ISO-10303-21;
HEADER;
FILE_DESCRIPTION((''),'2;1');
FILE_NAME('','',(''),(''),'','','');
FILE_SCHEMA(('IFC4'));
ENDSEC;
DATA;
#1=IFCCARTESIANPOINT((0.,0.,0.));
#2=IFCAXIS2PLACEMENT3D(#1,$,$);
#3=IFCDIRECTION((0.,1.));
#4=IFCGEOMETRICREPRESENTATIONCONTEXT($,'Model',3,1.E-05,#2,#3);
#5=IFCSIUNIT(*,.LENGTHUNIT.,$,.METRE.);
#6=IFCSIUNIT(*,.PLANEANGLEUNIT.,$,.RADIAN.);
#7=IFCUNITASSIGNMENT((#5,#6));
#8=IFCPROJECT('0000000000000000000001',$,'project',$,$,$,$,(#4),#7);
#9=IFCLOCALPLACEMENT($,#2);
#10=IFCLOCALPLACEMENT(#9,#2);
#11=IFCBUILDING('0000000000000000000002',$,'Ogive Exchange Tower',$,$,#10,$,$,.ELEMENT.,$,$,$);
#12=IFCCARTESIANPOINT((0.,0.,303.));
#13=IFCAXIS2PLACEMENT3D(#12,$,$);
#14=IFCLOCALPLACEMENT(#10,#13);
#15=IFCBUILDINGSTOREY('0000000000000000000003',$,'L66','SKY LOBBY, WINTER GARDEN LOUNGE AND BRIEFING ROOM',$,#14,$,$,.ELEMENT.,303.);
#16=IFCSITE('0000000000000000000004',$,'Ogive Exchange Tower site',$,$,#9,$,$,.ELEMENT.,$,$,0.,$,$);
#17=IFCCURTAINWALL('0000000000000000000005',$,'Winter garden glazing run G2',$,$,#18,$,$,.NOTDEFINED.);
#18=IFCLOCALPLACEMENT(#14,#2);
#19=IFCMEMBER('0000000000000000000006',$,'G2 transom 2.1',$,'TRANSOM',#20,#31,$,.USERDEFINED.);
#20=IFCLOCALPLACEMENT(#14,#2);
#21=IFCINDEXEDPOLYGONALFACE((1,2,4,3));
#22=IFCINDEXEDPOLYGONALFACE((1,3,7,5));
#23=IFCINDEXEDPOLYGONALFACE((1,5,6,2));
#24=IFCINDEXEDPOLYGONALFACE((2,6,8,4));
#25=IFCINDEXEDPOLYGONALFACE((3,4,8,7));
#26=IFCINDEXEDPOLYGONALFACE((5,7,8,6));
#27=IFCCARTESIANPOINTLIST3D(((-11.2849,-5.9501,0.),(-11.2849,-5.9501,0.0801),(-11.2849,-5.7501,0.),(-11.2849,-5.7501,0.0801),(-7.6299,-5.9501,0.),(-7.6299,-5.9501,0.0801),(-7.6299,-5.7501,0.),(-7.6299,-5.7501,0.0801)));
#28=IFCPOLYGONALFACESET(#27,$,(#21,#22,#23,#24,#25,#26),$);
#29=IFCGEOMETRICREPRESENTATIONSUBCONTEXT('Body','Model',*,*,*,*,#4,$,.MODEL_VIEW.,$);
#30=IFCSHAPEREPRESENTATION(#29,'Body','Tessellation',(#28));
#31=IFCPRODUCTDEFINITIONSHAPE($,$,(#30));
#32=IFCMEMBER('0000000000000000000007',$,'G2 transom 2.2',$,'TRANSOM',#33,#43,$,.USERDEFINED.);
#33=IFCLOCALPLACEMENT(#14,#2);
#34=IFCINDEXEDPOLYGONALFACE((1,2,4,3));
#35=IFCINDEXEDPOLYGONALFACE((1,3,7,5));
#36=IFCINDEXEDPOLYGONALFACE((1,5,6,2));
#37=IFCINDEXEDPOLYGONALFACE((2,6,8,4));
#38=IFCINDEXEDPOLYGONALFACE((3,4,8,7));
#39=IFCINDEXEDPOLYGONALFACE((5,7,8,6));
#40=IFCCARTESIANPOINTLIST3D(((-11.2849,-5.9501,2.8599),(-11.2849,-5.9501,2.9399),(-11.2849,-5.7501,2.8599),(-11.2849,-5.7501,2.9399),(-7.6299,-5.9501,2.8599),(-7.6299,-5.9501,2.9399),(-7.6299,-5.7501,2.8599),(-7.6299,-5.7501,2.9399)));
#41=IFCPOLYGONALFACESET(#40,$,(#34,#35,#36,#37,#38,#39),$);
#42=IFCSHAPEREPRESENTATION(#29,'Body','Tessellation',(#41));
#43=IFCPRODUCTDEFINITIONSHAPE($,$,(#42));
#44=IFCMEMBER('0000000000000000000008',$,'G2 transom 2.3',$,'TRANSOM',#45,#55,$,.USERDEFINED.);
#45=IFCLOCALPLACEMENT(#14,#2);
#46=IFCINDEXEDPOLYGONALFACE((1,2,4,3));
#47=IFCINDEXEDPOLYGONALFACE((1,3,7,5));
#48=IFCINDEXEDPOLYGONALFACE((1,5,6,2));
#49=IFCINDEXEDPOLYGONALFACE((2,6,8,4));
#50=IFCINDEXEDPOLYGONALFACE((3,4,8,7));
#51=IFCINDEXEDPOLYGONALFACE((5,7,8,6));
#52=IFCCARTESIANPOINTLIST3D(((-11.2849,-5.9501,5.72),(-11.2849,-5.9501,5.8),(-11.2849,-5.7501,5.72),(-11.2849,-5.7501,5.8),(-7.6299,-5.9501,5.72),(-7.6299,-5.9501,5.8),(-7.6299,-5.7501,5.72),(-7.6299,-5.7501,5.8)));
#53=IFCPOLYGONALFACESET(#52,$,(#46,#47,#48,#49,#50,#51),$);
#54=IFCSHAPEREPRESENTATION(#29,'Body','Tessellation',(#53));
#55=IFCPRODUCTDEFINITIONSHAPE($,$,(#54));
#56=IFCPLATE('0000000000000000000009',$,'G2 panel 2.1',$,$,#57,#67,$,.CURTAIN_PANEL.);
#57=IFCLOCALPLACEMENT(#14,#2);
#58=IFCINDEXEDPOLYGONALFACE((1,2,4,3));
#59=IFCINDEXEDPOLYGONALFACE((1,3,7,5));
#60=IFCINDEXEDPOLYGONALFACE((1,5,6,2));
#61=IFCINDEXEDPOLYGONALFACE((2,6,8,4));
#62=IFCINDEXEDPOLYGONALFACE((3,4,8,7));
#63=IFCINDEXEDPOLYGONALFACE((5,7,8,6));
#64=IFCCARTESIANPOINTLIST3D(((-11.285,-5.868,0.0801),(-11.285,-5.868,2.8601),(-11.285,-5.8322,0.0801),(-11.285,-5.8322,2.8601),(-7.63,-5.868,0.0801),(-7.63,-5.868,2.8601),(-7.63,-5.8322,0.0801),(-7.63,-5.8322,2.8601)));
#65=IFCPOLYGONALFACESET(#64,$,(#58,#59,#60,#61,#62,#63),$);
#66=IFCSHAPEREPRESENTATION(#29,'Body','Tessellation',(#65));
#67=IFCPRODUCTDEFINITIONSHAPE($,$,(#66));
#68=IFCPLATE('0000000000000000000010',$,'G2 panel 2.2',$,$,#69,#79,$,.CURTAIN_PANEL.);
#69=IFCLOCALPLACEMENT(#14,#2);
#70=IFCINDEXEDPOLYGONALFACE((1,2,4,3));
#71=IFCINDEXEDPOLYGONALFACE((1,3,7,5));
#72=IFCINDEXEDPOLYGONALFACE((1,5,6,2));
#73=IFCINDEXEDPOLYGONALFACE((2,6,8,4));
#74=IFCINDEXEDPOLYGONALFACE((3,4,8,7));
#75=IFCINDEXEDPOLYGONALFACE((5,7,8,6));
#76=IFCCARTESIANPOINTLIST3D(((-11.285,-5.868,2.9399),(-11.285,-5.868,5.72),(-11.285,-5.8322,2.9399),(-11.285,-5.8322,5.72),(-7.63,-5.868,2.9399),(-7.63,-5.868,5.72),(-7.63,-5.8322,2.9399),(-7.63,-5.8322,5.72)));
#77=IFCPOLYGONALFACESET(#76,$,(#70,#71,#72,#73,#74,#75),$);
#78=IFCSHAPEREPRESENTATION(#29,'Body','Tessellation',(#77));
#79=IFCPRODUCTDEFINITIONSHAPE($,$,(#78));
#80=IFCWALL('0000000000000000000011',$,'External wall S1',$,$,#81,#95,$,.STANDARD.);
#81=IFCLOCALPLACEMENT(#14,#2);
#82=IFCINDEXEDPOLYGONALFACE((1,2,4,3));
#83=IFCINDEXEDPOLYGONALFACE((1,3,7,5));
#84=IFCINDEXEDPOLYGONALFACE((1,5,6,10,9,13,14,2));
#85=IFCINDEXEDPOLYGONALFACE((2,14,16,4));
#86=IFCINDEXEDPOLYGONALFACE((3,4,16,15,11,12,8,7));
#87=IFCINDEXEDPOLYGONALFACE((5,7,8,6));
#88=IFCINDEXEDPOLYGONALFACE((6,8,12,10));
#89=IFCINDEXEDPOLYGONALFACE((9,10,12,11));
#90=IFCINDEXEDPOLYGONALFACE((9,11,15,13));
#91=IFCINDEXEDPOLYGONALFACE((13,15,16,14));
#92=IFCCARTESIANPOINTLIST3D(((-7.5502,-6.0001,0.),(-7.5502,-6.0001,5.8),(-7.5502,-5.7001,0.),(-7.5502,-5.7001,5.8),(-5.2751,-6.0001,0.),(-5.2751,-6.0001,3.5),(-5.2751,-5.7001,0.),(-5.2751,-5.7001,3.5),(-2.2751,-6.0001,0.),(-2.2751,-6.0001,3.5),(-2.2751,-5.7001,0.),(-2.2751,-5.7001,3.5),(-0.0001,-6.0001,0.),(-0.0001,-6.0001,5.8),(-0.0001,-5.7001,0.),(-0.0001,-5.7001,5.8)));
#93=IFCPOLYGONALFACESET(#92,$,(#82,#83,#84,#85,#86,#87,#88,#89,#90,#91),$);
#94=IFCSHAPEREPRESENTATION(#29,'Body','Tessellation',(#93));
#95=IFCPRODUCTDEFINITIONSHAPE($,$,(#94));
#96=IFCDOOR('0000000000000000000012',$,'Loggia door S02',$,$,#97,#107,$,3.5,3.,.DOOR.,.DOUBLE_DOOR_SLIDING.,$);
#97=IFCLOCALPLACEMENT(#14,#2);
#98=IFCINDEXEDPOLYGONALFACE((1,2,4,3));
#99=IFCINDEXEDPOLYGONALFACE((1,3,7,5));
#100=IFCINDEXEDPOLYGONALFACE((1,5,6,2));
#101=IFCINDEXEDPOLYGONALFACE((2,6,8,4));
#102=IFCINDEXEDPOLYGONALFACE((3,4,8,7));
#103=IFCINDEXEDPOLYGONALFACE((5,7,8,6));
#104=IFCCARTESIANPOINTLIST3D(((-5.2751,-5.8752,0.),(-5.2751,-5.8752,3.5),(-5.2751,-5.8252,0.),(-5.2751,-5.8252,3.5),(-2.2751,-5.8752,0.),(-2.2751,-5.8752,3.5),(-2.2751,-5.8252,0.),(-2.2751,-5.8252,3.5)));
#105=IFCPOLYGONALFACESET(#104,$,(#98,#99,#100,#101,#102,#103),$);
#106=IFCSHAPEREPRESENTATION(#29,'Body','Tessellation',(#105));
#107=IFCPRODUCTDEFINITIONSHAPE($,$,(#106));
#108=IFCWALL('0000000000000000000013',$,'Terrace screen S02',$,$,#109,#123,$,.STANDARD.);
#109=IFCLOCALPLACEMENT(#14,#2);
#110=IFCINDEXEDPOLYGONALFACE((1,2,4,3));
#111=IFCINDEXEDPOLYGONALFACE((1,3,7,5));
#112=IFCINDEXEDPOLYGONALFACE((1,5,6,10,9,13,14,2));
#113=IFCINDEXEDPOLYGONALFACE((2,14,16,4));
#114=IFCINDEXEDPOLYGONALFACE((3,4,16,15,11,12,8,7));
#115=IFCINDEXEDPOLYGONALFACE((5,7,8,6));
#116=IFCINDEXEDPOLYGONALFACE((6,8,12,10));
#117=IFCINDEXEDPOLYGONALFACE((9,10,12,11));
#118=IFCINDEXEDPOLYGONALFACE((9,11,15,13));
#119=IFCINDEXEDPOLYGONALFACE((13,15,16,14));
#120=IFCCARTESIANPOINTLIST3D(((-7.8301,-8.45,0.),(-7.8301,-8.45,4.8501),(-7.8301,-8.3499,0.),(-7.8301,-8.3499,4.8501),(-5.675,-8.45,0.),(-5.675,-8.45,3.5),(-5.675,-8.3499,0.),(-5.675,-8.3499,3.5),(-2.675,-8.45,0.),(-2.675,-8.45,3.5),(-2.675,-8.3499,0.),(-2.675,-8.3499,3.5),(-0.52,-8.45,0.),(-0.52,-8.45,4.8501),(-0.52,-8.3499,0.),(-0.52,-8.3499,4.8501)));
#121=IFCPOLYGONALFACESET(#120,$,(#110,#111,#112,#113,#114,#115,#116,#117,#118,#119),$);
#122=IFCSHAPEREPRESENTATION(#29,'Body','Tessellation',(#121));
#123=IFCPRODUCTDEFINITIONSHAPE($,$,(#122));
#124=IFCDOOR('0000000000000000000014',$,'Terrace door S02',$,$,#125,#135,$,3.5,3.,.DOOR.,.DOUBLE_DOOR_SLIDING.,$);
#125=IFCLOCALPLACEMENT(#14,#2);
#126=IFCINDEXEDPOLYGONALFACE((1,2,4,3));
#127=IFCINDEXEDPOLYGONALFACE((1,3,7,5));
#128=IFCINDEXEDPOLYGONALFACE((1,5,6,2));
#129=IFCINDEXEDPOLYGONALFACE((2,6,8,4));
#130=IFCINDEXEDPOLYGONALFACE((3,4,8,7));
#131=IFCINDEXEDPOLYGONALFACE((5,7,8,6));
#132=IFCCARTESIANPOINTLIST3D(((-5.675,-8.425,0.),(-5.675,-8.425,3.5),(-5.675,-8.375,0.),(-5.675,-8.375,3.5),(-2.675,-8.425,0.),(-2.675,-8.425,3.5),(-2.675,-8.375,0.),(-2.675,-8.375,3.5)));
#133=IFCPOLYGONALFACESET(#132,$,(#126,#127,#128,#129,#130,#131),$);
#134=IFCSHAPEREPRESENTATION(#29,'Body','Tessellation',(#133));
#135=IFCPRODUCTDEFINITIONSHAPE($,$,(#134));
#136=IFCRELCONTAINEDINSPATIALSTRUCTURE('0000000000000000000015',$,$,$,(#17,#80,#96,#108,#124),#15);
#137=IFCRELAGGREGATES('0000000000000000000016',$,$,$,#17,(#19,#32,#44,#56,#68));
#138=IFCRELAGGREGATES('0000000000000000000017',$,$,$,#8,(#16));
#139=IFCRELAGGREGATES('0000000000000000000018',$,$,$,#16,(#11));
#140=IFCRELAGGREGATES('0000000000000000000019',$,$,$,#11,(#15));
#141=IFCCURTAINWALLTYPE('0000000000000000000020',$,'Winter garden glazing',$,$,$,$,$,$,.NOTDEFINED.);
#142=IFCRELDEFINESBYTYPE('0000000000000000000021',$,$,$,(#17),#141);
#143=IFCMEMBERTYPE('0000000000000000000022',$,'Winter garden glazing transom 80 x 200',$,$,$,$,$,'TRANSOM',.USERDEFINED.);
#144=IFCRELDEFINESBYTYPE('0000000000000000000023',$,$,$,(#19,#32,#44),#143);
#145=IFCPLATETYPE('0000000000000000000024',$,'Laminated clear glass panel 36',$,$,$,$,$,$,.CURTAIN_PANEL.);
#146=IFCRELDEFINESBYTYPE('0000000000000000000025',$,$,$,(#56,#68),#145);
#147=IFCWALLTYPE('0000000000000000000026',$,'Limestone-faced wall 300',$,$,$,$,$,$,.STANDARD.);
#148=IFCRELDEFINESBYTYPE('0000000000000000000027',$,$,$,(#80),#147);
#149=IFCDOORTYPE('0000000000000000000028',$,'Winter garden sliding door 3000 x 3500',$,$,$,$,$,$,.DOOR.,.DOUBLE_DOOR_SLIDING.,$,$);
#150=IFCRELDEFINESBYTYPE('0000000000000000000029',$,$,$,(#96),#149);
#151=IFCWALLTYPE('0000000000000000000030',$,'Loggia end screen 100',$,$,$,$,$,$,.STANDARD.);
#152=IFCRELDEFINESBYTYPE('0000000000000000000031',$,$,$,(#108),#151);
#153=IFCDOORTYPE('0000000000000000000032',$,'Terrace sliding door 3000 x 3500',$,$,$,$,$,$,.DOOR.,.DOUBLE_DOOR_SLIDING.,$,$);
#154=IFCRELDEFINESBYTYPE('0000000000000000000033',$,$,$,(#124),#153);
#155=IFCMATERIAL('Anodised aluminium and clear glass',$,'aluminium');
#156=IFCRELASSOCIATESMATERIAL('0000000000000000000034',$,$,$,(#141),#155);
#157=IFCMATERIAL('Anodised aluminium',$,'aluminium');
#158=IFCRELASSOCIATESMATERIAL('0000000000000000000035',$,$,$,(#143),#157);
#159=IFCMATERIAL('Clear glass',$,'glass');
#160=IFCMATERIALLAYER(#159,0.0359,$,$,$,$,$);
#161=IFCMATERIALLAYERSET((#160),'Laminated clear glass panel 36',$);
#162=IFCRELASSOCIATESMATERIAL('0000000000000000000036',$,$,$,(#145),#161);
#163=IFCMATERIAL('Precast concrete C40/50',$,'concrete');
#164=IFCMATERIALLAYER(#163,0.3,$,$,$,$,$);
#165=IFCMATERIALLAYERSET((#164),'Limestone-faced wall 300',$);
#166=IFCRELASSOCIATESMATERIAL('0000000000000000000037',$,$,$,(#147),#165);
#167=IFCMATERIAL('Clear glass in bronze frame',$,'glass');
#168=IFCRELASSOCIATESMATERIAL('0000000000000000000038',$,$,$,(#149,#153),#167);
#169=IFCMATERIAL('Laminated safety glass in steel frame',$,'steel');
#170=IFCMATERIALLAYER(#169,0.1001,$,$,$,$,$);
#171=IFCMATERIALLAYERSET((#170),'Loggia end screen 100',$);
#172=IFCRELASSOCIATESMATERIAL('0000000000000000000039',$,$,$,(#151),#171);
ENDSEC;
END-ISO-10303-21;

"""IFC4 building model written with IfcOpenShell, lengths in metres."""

from ifc_helpers import new_model, si_unit, direction, frame, frame_2d, origin, origin_2d, place, context, subcontext, project, spatial, rectangle, extrude, material, layer, layer_set, material_profile, profile_set, type_object, element, fill, aggregate, save


model = new_model("IFC4")

# Units and contexts
model_context = context("Model", 3, precision=1e-05, world=origin(), true_north=direction((0.0, 1.0)))
body_context = subcontext(model_context, "Body", "Model", "MODEL_VIEW")
ifc_project = project(units=[si_unit("LENGTHUNIT", "METRE"), si_unit("PLANEANGLEUNIT", "RADIAN")], contexts=[model_context])

# Site, building, storey
site_placement = place(None, origin())
site = spatial("IfcSite", under=ifc_project, at=site_placement, Name="Ogive Exchange Tower site", CompositionType="ELEMENT", RefElevation=0.0)
building_placement = place(site_placement, origin())
building = spatial("IfcBuilding", under=site, at=building_placement, Name="Ogive Exchange Tower", CompositionType="ELEMENT")
storey_placement = place(building_placement, frame((0.0, 0.0, 303.0)))
storey = spatial("IfcBuildingStorey", under=building, at=storey_placement, Name="L66", Description="SKY LOBBY, WINTER GARDEN LOUNGE AND BRIEFING ROOM", CompositionType="ELEMENT", Elevation=303.0)

# Curtain wall, members, plates
ifc_material_1 = material(Name="Anodised aluminium and clear glass", Category="aluminium")
curtain_wall_type = type_object("IfcCurtainWallType", Name="Winter garden glazing", PredefinedType="NOTDEFINED", material=ifc_material_1)
curtain_wall_placement = place(storey_placement, origin())
curtain_wall = element("IfcCurtainWall", 1, at=curtain_wall_placement, inside=storey, type_object=curtain_wall_type, Name="Winter garden glazing run G2", PredefinedType="NOTDEFINED")
ifc_material_2 = material(Name="Anodised aluminium", Category="aluminium")
ifc_material_profile_1 = material_profile(ifc_material_2, rectangle(XDim=0.2, YDim=0.0801, at=origin_2d()), Name="AL 80x200")
ifc_profile_set_1 = profile_set([ifc_material_profile_1], Name="Anodised aluminium")
member_type_1 = type_object("IfcMemberType", Name="Winter garden glazing transom 80 x 200", ElementType="TRANSOM", PredefinedType="USERDEFINED", material=ifc_profile_set_1)
member_1_placement = place(storey_placement, frame((-11.2849, -5.8501, 0.04), z_axis=(1.0, 0.0, 0.0), x_axis=(0.0, 1.0, 0.0)))
member_1 = element("IfcMember", 2, at=member_1_placement, type_object=member_type_1, Name="G2 transom 2.1", ObjectType="TRANSOM", PredefinedType="USERDEFINED", context=body_context, shape_type="SweptSolid", body=[
    extrude(rectangle(XDim=0.2, YDim=0.0801, at=origin_2d()), origin(), (0.0, 0.0, 1.0), 3.655),
])
member_2_placement = place(storey_placement, frame((-11.2849, -5.8501, 2.8999), z_axis=(1.0, 0.0, 0.0), x_axis=(0.0, 1.0, 0.0)))
member_2 = element("IfcMember", 3, at=member_2_placement, type_object=member_type_1, Name="G2 transom 2.2", ObjectType="TRANSOM", PredefinedType="USERDEFINED", context=body_context, shape_type="SweptSolid", body=[
    extrude(rectangle(XDim=0.2, YDim=0.0801, at=origin_2d()), origin(), (0.0, 0.0, 1.0), 3.655),
])
member_3_placement = place(storey_placement, frame((-11.2849, -5.8501, 5.76), z_axis=(1.0, 0.0, 0.0), x_axis=(0.0, 1.0, 0.0)))
member_3 = element("IfcMember", 4, at=member_3_placement, type_object=member_type_1, Name="G2 transom 2.3", ObjectType="TRANSOM", PredefinedType="USERDEFINED", context=body_context, shape_type="SweptSolid", body=[
    extrude(rectangle(XDim=0.2, YDim=0.0801, at=origin_2d()), origin(), (0.0, 0.0, 1.0), 3.655),
])
ifc_material_3 = material(Name="Clear glass", Category="glass")
ifc_layer_1 = layer(ifc_material_3, 0.0359)
ifc_layer_set_1 = layer_set([ifc_layer_1], Name="Laminated clear glass panel 36")
plate_type = type_object("IfcPlateType", Name="Laminated clear glass panel 36", PredefinedType="CURTAIN_PANEL", material=ifc_layer_set_1)
plate_1_placement = place(storey_placement, frame((-9.4575, -5.8501, 0.0801), z_axis=(0.0, 0.0, 1.0), x_axis=(1.0, 0.0, 0.0)))
plate_1 = element("IfcPlate", 5, at=plate_1_placement, type_object=plate_type, Name="G2 panel 2.1", PredefinedType="CURTAIN_PANEL", context=body_context, shape_type="SweptSolid", body=[
    extrude(rectangle(XDim=3.655, YDim=0.0359, at=origin_2d()), origin(), (0.0, 0.0, 1.0), 2.78),
])
plate_2_placement = place(storey_placement, frame((-9.4575, -5.8501, 2.9399), z_axis=(0.0, 0.0, 1.0), x_axis=(1.0, 0.0, 0.0)))
plate_2 = element("IfcPlate", 6, at=plate_2_placement, type_object=plate_type, Name="G2 panel 2.2", PredefinedType="CURTAIN_PANEL", context=body_context, shape_type="SweptSolid", body=[
    extrude(rectangle(XDim=3.655, YDim=0.0359, at=origin_2d()), origin(), (0.0, 0.0, 1.0), 2.78),
])
aggregate(curtain_wall, [member_1, member_2, member_3, plate_1, plate_2])

# Walls, openings, doors
ifc_material_4 = material(Name="Precast concrete C40/50", Category="concrete")
ifc_layer_2 = layer(ifc_material_4, 0.3)
ifc_layer_set_2 = layer_set([ifc_layer_2], Name="Limestone-faced wall 300")
wall_type_1 = type_object("IfcWallType", Name="Limestone-faced wall 300", PredefinedType="STANDARD", material=ifc_layer_set_2)
wall_1_placement = place(storey_placement, frame((-7.55, -5.8501, 0.0), z_axis=(0.0, 0.0, 1.0), x_axis=(1.0, 0.0, 0.0)))
wall_1 = element("IfcWall", 7, at=wall_1_placement, inside=storey, type_object=wall_type_1, Name="External wall S1", PredefinedType="STANDARD", context=body_context, shape_type="SweptSolid", body=[
    extrude(rectangle(XDim=7.55, YDim=0.3, at=frame_2d((3.7749, 0.0))), origin(), (0.0, 0.0, 1.0), 5.8),
])
opening_1_placement = place(wall_1_placement, frame((2.2749, 0.0, 0.0)))
opening_1 = element("IfcOpeningElement", 8, at=opening_1_placement, cuts=wall_1, PredefinedType="OPENING", context=body_context, shape_type="SweptSolid", body=[
    extrude(rectangle(XDim=3.0, YDim=3.5, at=frame_2d((1.5, 1.75))), frame((0.0, 0.1599, 0.0), z_axis=(0.0, -1.0, 0.0), x_axis=(1.0, 0.0, 0.0)), (0.0, 0.0, 1.0), 0.3201),
])
ifc_material_5 = material(Name="Clear glass in bronze frame", Category="glass")
door_type_1 = type_object("IfcDoorType", Name="Winter garden sliding door 3000 x 3500", OperationType="DOUBLE_DOOR_SLIDING", PredefinedType="DOOR", material=ifc_material_5)
door_1_placement = place(opening_1_placement, origin())
door_1 = element("IfcDoor", 9, at=door_1_placement, inside=storey, type_object=door_type_1, Name="Loggia door S02", OperationType="DOUBLE_DOOR_SLIDING", OverallHeight=3.5, OverallWidth=3.0, PredefinedType="DOOR", context=body_context, shape_type="SweptSolid", body=[
    extrude(rectangle(XDim=3.0, YDim=3.5, at=frame_2d((1.5, 1.75))), frame((0.0, 0.0249, 0.0), z_axis=(0.0, -1.0, 0.0), x_axis=(1.0, 0.0, 0.0)), (0.0, 0.0, 1.0), 0.05),
])
fill(opening_1, door_1)
ifc_material_6 = material(Name="Laminated safety glass in steel frame", Category="steel")
ifc_layer_3 = layer(ifc_material_6, 0.1001)
ifc_layer_set_3 = layer_set([ifc_layer_3], Name="Loggia end screen 100")
wall_type_2 = type_object("IfcWallType", Name="Loggia end screen 100", PredefinedType="STANDARD", material=ifc_layer_set_3)
wall_2_placement = place(storey_placement, frame((-7.8301, -8.3999, 0.0), z_axis=(0.0, 0.0, 1.0), x_axis=(1.0, 0.0, 0.0)))
wall_2 = element("IfcWall", 10, at=wall_2_placement, inside=storey, type_object=wall_type_2, Name="Terrace screen S02", PredefinedType="STANDARD", context=body_context, shape_type="SweptSolid", body=[
    extrude(rectangle(XDim=7.3101, YDim=0.1001, at=frame_2d((3.655, 0.0))), origin(), (0.0, 0.0, 1.0), 4.8501),
])
opening_2_placement = place(wall_2_placement, frame((2.155, 0.0, 0.0)))
opening_2 = element("IfcOpeningElement", 11, at=opening_2_placement, cuts=wall_2, PredefinedType="OPENING", context=body_context, shape_type="SweptSolid", body=[
    extrude(rectangle(XDim=3.0, YDim=3.5, at=frame_2d((1.5, 1.75))), frame((0.0, 0.0601, 0.0), z_axis=(0.0, -1.0, 0.0), x_axis=(1.0, 0.0, 0.0)), (0.0, 0.0, 1.0), 0.1201),
])
door_type_2 = type_object("IfcDoorType", Name="Terrace sliding door 3000 x 3500", OperationType="DOUBLE_DOOR_SLIDING", PredefinedType="DOOR", material=ifc_material_5)
door_2_placement = place(opening_2_placement, origin())
door_2 = element("IfcDoor", 12, at=door_2_placement, inside=storey, type_object=door_type_2, Name="Terrace door S02", OperationType="DOUBLE_DOOR_SLIDING", OverallHeight=3.5, OverallWidth=3.0, PredefinedType="DOOR", context=body_context, shape_type="SweptSolid", body=[
    extrude(rectangle(XDim=3.0, YDim=3.5, at=frame_2d((1.5, 1.75))), frame((0.0, 0.0249, 0.0), z_axis=(0.0, -1.0, 0.0), x_axis=(1.0, 0.0, 0.0)), (0.0, 0.0, 1.0), 0.05),
])
fill(opening_2, door_2)

save(model, "model.ifc")
